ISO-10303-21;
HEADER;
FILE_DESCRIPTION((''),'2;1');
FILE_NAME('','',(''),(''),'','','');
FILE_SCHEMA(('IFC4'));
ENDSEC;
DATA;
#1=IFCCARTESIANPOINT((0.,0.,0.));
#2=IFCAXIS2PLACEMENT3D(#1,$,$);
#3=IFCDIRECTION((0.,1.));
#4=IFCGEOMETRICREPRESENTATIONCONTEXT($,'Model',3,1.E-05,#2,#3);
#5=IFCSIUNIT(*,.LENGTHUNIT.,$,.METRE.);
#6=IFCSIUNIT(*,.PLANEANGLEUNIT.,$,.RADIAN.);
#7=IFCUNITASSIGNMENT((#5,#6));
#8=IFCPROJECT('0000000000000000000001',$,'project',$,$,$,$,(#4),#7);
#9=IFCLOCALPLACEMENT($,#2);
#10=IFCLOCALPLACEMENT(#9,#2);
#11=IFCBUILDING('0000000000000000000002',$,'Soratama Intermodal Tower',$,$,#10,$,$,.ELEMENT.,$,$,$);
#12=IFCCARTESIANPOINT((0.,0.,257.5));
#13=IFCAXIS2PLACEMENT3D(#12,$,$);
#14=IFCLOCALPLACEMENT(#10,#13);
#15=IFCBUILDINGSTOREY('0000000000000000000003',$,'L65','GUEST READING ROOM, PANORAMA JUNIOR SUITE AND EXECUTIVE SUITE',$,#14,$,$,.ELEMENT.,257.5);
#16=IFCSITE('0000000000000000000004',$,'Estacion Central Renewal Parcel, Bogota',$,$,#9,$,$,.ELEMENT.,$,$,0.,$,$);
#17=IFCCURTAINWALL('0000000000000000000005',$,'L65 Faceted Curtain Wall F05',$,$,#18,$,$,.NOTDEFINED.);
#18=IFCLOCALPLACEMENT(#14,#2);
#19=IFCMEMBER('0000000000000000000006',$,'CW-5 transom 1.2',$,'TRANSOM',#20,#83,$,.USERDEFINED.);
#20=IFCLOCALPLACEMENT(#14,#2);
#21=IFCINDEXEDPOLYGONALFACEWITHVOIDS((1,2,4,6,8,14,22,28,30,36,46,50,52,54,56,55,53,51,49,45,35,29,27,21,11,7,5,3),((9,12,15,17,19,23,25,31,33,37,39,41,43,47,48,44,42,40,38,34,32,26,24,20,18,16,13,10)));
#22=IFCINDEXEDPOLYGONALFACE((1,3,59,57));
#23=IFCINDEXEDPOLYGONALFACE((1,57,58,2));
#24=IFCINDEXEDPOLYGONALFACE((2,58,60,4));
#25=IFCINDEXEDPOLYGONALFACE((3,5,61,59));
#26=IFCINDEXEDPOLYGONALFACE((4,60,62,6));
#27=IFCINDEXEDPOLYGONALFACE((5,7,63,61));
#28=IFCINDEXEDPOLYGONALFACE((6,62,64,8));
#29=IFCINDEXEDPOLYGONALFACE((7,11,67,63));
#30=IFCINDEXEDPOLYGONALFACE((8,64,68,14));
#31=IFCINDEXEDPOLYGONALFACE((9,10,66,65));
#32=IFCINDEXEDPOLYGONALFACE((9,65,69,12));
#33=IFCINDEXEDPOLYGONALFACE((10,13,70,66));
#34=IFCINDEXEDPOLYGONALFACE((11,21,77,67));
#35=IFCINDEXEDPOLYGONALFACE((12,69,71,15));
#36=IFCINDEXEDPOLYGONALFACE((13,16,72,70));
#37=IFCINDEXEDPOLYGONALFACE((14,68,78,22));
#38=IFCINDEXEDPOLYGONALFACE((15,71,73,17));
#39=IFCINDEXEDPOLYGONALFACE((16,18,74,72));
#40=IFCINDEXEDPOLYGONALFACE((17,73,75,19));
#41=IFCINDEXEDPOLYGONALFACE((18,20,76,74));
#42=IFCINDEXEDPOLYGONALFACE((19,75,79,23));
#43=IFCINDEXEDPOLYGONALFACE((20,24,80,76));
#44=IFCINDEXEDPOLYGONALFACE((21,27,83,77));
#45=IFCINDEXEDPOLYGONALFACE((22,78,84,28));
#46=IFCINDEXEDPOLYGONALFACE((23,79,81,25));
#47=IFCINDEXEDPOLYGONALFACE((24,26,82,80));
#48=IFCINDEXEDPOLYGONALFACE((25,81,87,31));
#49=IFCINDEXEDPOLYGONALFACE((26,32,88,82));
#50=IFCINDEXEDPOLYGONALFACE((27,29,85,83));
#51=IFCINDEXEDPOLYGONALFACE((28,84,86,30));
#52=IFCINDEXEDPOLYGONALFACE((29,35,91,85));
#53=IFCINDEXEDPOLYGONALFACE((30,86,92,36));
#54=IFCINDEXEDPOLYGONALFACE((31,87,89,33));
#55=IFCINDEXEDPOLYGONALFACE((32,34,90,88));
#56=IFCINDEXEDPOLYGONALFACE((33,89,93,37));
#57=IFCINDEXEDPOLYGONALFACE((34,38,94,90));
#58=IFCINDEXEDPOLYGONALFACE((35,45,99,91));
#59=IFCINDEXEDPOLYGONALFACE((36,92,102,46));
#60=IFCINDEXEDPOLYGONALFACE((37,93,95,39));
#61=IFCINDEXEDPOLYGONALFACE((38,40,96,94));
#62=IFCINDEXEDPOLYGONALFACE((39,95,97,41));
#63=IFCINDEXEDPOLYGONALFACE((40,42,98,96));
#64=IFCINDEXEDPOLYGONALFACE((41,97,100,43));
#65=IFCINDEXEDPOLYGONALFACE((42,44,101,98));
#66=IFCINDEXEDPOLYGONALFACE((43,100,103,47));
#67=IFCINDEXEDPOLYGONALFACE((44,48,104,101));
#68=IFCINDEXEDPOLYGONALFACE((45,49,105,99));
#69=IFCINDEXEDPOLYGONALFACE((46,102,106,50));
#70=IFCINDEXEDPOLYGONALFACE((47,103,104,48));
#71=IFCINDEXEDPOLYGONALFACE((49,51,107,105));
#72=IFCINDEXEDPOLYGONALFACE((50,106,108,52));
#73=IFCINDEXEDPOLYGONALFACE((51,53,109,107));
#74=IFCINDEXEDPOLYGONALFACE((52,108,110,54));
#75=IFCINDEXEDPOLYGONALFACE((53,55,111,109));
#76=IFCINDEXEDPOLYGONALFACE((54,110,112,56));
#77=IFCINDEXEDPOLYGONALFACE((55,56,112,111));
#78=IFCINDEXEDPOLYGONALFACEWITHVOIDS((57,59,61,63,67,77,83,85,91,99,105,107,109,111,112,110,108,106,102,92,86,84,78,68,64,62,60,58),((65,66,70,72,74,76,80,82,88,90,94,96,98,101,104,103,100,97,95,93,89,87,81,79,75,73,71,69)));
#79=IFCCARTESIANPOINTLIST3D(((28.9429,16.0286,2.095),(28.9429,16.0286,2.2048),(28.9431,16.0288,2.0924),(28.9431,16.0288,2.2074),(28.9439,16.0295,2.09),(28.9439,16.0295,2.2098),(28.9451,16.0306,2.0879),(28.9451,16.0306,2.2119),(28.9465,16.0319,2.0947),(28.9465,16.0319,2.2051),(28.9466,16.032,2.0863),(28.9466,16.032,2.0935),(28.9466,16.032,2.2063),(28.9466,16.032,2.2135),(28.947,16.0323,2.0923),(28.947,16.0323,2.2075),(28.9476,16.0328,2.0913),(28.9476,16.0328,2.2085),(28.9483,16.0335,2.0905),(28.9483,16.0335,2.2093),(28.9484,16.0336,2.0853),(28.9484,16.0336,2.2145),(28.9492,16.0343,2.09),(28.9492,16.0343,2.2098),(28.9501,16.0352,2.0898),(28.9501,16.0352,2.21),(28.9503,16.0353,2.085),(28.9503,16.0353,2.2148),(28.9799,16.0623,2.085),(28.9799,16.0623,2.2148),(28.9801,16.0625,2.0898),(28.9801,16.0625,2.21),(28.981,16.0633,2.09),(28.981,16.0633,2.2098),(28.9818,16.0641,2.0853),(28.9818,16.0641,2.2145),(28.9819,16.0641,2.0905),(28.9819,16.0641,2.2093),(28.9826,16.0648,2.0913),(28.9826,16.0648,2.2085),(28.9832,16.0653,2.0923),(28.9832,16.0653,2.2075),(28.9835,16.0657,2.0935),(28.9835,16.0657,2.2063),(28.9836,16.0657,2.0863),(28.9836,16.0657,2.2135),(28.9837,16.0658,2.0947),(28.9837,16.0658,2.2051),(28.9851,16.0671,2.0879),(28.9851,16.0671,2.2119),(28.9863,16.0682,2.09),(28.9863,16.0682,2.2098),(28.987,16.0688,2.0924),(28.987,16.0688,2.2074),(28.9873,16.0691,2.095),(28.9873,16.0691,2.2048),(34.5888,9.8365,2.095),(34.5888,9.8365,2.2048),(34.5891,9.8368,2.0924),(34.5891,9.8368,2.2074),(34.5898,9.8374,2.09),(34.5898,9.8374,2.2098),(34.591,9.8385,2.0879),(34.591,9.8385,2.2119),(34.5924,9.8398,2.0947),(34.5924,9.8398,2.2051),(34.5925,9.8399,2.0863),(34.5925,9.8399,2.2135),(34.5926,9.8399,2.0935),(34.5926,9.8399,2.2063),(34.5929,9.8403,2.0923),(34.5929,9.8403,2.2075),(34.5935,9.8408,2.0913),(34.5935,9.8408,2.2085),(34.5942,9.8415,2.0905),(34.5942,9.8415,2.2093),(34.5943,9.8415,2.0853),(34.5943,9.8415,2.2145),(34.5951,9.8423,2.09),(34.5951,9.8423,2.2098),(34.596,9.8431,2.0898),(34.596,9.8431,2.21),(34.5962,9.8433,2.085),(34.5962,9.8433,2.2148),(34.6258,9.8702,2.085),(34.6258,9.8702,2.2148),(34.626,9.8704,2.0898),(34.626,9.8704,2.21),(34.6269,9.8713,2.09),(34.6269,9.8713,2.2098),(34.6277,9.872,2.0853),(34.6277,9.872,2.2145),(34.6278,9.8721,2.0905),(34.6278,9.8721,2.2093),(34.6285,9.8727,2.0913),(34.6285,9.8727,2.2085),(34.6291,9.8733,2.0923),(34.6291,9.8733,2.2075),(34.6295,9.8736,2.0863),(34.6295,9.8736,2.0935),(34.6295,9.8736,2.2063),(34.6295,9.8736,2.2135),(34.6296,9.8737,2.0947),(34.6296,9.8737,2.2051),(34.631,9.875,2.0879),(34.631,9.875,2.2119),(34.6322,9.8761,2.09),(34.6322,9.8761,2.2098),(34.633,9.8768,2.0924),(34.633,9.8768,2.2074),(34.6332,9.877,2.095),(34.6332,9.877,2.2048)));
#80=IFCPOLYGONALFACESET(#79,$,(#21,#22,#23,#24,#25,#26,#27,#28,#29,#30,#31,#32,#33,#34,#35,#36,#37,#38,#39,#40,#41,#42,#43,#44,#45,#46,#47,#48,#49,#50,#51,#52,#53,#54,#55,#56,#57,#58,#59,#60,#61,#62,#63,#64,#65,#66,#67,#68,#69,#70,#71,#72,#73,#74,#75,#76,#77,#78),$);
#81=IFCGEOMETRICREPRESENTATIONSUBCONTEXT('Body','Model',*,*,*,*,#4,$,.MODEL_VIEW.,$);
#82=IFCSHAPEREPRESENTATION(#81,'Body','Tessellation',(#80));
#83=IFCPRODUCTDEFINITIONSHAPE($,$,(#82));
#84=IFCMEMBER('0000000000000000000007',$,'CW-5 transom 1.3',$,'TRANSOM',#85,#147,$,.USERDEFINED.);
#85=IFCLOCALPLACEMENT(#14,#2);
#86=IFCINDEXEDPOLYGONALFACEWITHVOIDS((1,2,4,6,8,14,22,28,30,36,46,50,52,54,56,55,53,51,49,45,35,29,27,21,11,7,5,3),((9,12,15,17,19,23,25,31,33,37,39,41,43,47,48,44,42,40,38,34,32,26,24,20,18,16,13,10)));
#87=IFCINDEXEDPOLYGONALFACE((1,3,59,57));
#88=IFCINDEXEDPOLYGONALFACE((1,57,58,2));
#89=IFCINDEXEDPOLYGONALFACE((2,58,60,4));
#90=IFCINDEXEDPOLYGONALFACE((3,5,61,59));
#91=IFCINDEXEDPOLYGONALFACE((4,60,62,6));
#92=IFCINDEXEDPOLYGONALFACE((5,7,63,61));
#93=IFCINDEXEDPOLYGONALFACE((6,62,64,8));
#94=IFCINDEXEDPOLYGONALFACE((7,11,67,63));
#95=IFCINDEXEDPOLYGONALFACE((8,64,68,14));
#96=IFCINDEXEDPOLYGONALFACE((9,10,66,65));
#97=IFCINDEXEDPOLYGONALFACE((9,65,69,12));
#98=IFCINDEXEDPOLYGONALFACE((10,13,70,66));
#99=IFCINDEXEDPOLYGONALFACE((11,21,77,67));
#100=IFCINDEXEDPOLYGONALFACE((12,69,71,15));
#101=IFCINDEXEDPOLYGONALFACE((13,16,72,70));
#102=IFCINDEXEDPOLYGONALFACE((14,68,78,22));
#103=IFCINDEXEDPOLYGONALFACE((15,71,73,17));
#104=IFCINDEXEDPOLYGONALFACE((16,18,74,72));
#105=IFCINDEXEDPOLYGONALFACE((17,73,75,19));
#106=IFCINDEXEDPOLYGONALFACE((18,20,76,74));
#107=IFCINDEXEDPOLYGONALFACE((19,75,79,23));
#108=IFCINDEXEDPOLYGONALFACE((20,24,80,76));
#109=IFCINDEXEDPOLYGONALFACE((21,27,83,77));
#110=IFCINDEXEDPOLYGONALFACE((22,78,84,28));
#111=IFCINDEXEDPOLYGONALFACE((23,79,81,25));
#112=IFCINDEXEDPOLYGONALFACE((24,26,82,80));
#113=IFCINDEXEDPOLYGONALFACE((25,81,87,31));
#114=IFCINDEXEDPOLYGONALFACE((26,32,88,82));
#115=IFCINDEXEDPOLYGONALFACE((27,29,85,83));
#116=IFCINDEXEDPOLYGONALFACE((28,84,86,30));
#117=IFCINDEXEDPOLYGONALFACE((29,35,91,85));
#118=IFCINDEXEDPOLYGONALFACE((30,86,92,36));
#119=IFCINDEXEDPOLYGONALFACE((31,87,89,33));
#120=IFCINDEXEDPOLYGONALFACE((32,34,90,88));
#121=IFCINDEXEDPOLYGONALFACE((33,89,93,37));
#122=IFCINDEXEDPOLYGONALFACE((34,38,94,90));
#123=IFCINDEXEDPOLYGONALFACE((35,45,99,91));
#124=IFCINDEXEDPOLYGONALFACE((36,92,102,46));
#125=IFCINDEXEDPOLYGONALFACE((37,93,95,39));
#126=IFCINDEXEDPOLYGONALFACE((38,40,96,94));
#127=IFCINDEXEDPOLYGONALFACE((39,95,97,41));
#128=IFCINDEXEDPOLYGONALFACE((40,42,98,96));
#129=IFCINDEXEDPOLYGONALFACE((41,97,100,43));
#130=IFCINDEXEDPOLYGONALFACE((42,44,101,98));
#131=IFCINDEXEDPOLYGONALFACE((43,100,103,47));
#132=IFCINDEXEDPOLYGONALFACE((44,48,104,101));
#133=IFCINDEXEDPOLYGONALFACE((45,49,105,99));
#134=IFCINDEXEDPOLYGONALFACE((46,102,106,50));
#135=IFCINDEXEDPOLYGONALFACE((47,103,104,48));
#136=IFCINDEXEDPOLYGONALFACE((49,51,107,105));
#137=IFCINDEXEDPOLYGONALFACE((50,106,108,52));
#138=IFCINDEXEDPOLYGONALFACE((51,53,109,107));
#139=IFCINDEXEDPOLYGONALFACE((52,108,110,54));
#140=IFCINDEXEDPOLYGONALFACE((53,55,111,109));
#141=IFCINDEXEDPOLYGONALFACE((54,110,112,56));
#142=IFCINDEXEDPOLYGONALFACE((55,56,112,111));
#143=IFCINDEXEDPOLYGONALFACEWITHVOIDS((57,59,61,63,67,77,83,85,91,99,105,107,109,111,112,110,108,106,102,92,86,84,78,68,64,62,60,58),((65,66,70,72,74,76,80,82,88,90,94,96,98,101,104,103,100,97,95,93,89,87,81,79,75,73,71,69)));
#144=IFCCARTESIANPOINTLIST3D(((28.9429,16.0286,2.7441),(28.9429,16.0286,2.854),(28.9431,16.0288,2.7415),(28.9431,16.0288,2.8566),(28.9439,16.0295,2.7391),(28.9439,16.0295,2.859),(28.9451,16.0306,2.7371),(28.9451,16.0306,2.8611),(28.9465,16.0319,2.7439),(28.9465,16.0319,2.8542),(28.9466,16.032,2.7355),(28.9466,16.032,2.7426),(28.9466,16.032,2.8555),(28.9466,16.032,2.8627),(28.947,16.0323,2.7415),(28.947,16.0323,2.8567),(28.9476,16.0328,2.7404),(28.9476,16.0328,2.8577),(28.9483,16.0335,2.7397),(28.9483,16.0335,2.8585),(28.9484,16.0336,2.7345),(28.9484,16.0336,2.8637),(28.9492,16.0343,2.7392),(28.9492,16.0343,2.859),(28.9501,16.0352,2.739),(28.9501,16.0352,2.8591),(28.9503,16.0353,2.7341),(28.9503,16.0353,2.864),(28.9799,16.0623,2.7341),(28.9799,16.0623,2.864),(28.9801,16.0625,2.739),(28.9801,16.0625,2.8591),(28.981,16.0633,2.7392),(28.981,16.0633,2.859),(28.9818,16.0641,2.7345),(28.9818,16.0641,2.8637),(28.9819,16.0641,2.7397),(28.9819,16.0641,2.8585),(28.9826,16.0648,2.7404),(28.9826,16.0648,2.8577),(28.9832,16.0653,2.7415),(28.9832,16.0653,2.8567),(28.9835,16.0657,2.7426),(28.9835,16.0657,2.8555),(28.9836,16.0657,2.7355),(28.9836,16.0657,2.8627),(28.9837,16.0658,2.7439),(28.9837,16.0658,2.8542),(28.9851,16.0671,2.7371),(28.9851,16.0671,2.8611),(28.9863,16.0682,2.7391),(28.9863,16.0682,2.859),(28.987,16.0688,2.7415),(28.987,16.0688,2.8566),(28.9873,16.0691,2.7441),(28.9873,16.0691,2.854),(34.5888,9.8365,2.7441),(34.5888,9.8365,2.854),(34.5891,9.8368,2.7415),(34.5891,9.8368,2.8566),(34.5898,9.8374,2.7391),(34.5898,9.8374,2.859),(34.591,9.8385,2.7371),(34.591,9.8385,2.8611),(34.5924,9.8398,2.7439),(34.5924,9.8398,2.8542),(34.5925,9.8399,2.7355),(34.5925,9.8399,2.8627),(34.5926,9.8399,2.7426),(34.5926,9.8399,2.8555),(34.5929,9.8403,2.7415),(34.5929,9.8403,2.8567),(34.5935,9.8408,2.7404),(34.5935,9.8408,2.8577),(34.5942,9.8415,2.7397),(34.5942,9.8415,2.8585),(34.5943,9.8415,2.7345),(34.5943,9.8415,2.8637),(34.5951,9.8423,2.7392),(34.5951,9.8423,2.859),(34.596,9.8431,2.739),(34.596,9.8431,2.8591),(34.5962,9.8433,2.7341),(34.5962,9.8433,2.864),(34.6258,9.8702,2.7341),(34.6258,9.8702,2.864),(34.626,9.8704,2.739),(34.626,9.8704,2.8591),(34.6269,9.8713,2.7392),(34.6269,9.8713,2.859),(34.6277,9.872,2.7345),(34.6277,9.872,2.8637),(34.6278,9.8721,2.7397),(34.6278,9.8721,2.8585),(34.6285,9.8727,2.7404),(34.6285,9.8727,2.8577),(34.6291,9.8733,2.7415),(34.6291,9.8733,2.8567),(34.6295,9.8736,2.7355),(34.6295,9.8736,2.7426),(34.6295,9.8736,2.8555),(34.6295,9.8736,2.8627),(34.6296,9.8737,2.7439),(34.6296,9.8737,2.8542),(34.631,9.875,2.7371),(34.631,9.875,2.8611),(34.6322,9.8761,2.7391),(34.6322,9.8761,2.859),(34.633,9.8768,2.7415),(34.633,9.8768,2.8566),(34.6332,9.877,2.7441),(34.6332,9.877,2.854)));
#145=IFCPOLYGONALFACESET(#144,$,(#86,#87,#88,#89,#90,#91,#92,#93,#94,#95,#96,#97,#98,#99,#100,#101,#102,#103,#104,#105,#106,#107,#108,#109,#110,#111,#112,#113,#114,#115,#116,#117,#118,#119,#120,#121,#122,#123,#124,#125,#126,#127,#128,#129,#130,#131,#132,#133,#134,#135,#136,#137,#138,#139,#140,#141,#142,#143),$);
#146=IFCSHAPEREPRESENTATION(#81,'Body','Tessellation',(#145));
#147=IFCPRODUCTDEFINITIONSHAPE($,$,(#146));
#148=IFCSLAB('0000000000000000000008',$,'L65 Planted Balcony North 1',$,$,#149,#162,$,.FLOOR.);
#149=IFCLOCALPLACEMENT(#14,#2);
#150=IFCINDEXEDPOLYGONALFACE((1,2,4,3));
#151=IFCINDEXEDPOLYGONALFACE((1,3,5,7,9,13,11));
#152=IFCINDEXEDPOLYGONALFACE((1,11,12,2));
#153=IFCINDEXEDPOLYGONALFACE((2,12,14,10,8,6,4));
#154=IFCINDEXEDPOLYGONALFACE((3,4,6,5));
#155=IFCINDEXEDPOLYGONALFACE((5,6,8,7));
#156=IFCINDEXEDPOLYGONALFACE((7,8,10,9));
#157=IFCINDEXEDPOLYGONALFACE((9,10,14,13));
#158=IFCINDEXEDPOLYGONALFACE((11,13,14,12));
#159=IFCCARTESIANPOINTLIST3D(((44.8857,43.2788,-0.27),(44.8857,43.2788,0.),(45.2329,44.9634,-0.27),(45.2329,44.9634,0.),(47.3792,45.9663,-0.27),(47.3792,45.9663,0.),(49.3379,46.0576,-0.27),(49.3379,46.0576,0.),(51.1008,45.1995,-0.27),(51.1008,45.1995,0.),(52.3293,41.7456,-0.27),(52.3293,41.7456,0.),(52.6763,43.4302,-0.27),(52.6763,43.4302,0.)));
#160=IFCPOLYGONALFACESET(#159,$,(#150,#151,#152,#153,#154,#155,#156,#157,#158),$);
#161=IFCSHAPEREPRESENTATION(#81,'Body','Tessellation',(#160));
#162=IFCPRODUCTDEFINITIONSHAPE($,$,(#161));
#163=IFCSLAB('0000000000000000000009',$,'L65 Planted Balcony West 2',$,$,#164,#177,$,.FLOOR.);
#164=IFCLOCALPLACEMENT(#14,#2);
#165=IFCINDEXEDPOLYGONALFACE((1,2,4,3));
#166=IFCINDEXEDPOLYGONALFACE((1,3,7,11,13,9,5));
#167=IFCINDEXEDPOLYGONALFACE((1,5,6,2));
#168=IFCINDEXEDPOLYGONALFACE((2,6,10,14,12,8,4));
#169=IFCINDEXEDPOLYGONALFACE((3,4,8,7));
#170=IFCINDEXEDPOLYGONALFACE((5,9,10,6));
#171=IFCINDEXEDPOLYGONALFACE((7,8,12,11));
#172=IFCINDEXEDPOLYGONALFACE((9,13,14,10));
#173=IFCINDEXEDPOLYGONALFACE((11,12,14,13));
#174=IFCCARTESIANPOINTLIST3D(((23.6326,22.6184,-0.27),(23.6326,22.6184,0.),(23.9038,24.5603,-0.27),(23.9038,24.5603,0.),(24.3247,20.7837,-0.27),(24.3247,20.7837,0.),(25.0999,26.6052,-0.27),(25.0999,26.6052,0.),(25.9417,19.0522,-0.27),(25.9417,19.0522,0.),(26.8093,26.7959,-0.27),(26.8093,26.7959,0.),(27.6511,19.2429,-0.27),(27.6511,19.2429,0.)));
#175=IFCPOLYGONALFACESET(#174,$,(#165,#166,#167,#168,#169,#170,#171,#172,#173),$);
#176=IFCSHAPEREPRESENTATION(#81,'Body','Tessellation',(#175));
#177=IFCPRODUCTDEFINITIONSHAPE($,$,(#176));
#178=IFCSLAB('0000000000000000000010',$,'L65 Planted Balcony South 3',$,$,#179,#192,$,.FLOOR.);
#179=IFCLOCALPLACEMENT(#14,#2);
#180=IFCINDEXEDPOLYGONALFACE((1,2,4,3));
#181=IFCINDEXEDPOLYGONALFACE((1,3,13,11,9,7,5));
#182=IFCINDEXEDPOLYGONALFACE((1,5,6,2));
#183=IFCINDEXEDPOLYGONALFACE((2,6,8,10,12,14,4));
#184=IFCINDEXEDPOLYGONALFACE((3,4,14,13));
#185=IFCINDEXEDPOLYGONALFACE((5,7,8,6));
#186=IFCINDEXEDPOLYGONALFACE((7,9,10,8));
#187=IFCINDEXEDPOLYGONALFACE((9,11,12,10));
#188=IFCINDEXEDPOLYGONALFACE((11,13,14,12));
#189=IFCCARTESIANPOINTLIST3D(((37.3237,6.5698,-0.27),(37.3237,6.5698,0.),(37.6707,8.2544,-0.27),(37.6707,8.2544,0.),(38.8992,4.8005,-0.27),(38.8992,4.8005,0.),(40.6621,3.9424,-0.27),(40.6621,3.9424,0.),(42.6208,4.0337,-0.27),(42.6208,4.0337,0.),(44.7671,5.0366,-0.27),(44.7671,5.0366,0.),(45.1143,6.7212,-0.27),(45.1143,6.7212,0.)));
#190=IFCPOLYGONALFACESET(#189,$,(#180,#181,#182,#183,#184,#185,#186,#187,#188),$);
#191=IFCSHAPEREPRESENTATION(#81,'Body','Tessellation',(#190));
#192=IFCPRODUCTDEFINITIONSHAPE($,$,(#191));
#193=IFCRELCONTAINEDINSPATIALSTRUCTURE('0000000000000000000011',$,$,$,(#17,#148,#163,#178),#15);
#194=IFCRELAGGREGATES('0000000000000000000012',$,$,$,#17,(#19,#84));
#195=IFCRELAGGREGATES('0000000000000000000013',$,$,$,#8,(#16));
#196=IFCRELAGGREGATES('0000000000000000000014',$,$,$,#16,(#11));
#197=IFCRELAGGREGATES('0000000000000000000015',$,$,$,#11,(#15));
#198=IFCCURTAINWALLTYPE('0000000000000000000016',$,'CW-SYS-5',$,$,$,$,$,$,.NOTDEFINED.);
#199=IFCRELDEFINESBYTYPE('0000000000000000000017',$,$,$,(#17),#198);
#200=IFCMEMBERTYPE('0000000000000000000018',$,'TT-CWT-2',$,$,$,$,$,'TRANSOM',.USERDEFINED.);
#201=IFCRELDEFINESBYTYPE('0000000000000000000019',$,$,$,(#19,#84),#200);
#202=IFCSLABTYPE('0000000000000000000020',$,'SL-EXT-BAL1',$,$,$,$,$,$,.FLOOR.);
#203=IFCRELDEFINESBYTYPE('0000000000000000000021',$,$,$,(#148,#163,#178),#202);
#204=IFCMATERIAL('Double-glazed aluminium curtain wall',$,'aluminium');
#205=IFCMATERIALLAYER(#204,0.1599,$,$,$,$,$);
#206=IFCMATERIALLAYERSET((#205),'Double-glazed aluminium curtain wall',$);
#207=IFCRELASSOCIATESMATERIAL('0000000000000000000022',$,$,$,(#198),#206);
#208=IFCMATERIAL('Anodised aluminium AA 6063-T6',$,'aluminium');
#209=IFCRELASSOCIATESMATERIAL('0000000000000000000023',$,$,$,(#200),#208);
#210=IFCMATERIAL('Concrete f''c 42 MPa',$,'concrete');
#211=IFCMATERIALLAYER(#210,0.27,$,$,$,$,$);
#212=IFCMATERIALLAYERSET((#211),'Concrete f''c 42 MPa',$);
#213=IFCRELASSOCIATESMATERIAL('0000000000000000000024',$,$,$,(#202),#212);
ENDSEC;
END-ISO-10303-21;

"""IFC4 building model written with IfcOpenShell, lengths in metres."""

from ifc_helpers import new_model, si_unit, direction, frame, origin, origin_2d, place, context, subcontext, project, spatial, polyline, hollow_rectangle, outline, extrude, material, layer, layer_set, material_profile, profile_set, type_object, element, aggregate, save


model = new_model("IFC4")

# Units and contexts
model_context = context("Model", 3, precision=1e-05, world=origin(), true_north=direction((0.0, 1.0)))
body_context = subcontext(model_context, "Body", "Model", "MODEL_VIEW")
ifc_project = project(units=[si_unit("LENGTHUNIT", "METRE"), si_unit("PLANEANGLEUNIT", "RADIAN")], contexts=[model_context])

# Site, building, storey
site_placement = place(None, origin())
site = spatial("IfcSite", under=ifc_project, at=site_placement, Name="Estacion Central Renewal Parcel, Bogota", CompositionType="ELEMENT", RefElevation=0.0)
building_placement = place(site_placement, origin())
building = spatial("IfcBuilding", under=site, at=building_placement, Name="Soratama Intermodal Tower", CompositionType="ELEMENT")
storey_placement = place(building_placement, frame((0.0, 0.0, 257.5)))
storey = spatial("IfcBuildingStorey", under=building, at=storey_placement, Name="L65", Description="GUEST READING ROOM, PANORAMA JUNIOR SUITE AND EXECUTIVE SUITE", CompositionType="ELEMENT", Elevation=257.5)

# Curtain wall, members
ifc_material_1 = material(Name="Double-glazed aluminium curtain wall", Category="aluminium")
ifc_layer_1 = layer(ifc_material_1, 0.1599)
ifc_layer_set_1 = layer_set([ifc_layer_1], Name="Double-glazed aluminium curtain wall")
curtain_wall_type = type_object("IfcCurtainWallType", Name="CW-SYS-5", PredefinedType="NOTDEFINED", material=ifc_layer_set_1)
curtain_wall_placement = place(storey_placement, origin())
curtain_wall = element("IfcCurtainWall", 1, at=curtain_wall_placement, inside=storey, type_object=curtain_wall_type, Name="L65 Faceted Curtain Wall F05", PredefinedType="NOTDEFINED")
ifc_material_2 = material(Name="Anodised aluminium AA 6063-T6", Category="aluminium")
ifc_material_profile_1 = material_profile(ifc_material_2, hollow_rectangle(XDim=0.0601, YDim=0.1299, WallThickness=0.0049, InnerFilletRadius=0.0049, OuterFilletRadius=0.01, at=origin_2d()), Name="CWT130X60X5")
ifc_profile_set_1 = profile_set([ifc_material_profile_1], Name="Anodised aluminium AA 6063-T6")
member_type_1 = type_object("IfcMemberType", Name="TT-CWT-2", ElementType="TRANSOM", PredefinedType="USERDEFINED", material=ifc_profile_set_1)
member_1_placement = place(storey_placement, frame((28.9651, 16.0488, 2.1499), z_axis=(0.673768, -0.738943, 0.0), x_axis=(0.738943, 0.673768, 0.0)))
member_1 = element("IfcMember", 2, at=member_1_placement, type_object=member_type_1, Name="CW-5 transom 1.2", ObjectType="TRANSOM", PredefinedType="USERDEFINED", context=body_context, shape_type="SweptSolid", body=[
    extrude(hollow_rectangle(XDim=0.0601, YDim=0.1299, WallThickness=0.0049, InnerFilletRadius=0.0049, OuterFilletRadius=0.01, at=origin_2d()), origin(), (0.0, 0.0, 1.0), 8.3796),
])
member_2_placement = place(storey_placement, frame((28.9651, 16.0488, 2.7991), z_axis=(0.673768, -0.738943, 0.0), x_axis=(0.738943, 0.673768, 0.0)))
member_2 = element("IfcMember", 3, at=member_2_placement, type_object=member_type_1, Name="CW-5 transom 1.3", ObjectType="TRANSOM", PredefinedType="USERDEFINED", context=body_context, shape_type="SweptSolid", body=[
    extrude(hollow_rectangle(XDim=0.0601, YDim=0.1299, WallThickness=0.0049, InnerFilletRadius=0.0049, OuterFilletRadius=0.01, at=origin_2d()), origin(), (0.0, 0.0, 1.0), 8.3796),
])
aggregate(curtain_wall, [member_1, member_2])

# Slabs
ifc_material_3 = material(Name="Concrete f'c 42 MPa", Category="concrete")
ifc_layer_2 = layer(ifc_material_3, 0.27)
ifc_layer_set_2 = layer_set([ifc_layer_2], Name="Concrete f'c 42 MPa")
slab_type_1 = type_object("IfcSlabType", Name="SL-EXT-BAL1", PredefinedType="FLOOR", material=ifc_layer_set_2)
slab_1_placement = place(storey_placement, frame((0.0, 0.0, -0.27)))
element("IfcSlab", 4, at=slab_1_placement, inside=storey, type_object=slab_type_1, Name="L65 Planted Balcony North 1", PredefinedType="FLOOR", context=body_context, shape_type="SweptSolid", body=[
    extrude(outline(polyline([(52.3293, 41.7456), (44.8857, 43.2788), (45.2329, 44.9634), (47.3792, 45.9663), (49.3379, 46.0576), (51.1008, 45.1995), (52.6763, 43.4302), (52.3293, 41.7456)])), origin(), (0.0, 0.0, 1.0), 0.27),
])
slab_2_placement = place(storey_placement, frame((0.0, 0.0, -0.27)))
element("IfcSlab", 5, at=slab_2_placement, inside=storey, type_object=slab_type_1, Name="L65 Planted Balcony West 2", PredefinedType="FLOOR", context=body_context, shape_type="SweptSolid", body=[
    extrude(outline(polyline([(26.8093, 26.7959), (27.6511, 19.2429), (25.9417, 19.0522), (24.3247, 20.7837), (23.6326, 22.6184), (23.9038, 24.5603), (25.0999, 26.6052), (26.8093, 26.7959)])), origin(), (0.0, 0.0, 1.0), 0.27),
])
slab_3_placement = place(storey_placement, frame((0.0, 0.0, -0.27)))
element("IfcSlab", 6, at=slab_3_placement, inside=storey, type_object=slab_type_1, Name="L65 Planted Balcony South 3", PredefinedType="FLOOR", context=body_context, shape_type="SweptSolid", body=[
    extrude(outline(polyline([(37.6707, 8.2544), (45.1143, 6.7212), (44.7671, 5.0366), (42.6208, 4.0337), (40.6621, 3.9424), (38.8992, 4.8005), (37.3237, 6.5698), (37.6707, 8.2544)])), origin(), (0.0, 0.0, 1.0), 0.27),
])

save(model, "model.ifc")
